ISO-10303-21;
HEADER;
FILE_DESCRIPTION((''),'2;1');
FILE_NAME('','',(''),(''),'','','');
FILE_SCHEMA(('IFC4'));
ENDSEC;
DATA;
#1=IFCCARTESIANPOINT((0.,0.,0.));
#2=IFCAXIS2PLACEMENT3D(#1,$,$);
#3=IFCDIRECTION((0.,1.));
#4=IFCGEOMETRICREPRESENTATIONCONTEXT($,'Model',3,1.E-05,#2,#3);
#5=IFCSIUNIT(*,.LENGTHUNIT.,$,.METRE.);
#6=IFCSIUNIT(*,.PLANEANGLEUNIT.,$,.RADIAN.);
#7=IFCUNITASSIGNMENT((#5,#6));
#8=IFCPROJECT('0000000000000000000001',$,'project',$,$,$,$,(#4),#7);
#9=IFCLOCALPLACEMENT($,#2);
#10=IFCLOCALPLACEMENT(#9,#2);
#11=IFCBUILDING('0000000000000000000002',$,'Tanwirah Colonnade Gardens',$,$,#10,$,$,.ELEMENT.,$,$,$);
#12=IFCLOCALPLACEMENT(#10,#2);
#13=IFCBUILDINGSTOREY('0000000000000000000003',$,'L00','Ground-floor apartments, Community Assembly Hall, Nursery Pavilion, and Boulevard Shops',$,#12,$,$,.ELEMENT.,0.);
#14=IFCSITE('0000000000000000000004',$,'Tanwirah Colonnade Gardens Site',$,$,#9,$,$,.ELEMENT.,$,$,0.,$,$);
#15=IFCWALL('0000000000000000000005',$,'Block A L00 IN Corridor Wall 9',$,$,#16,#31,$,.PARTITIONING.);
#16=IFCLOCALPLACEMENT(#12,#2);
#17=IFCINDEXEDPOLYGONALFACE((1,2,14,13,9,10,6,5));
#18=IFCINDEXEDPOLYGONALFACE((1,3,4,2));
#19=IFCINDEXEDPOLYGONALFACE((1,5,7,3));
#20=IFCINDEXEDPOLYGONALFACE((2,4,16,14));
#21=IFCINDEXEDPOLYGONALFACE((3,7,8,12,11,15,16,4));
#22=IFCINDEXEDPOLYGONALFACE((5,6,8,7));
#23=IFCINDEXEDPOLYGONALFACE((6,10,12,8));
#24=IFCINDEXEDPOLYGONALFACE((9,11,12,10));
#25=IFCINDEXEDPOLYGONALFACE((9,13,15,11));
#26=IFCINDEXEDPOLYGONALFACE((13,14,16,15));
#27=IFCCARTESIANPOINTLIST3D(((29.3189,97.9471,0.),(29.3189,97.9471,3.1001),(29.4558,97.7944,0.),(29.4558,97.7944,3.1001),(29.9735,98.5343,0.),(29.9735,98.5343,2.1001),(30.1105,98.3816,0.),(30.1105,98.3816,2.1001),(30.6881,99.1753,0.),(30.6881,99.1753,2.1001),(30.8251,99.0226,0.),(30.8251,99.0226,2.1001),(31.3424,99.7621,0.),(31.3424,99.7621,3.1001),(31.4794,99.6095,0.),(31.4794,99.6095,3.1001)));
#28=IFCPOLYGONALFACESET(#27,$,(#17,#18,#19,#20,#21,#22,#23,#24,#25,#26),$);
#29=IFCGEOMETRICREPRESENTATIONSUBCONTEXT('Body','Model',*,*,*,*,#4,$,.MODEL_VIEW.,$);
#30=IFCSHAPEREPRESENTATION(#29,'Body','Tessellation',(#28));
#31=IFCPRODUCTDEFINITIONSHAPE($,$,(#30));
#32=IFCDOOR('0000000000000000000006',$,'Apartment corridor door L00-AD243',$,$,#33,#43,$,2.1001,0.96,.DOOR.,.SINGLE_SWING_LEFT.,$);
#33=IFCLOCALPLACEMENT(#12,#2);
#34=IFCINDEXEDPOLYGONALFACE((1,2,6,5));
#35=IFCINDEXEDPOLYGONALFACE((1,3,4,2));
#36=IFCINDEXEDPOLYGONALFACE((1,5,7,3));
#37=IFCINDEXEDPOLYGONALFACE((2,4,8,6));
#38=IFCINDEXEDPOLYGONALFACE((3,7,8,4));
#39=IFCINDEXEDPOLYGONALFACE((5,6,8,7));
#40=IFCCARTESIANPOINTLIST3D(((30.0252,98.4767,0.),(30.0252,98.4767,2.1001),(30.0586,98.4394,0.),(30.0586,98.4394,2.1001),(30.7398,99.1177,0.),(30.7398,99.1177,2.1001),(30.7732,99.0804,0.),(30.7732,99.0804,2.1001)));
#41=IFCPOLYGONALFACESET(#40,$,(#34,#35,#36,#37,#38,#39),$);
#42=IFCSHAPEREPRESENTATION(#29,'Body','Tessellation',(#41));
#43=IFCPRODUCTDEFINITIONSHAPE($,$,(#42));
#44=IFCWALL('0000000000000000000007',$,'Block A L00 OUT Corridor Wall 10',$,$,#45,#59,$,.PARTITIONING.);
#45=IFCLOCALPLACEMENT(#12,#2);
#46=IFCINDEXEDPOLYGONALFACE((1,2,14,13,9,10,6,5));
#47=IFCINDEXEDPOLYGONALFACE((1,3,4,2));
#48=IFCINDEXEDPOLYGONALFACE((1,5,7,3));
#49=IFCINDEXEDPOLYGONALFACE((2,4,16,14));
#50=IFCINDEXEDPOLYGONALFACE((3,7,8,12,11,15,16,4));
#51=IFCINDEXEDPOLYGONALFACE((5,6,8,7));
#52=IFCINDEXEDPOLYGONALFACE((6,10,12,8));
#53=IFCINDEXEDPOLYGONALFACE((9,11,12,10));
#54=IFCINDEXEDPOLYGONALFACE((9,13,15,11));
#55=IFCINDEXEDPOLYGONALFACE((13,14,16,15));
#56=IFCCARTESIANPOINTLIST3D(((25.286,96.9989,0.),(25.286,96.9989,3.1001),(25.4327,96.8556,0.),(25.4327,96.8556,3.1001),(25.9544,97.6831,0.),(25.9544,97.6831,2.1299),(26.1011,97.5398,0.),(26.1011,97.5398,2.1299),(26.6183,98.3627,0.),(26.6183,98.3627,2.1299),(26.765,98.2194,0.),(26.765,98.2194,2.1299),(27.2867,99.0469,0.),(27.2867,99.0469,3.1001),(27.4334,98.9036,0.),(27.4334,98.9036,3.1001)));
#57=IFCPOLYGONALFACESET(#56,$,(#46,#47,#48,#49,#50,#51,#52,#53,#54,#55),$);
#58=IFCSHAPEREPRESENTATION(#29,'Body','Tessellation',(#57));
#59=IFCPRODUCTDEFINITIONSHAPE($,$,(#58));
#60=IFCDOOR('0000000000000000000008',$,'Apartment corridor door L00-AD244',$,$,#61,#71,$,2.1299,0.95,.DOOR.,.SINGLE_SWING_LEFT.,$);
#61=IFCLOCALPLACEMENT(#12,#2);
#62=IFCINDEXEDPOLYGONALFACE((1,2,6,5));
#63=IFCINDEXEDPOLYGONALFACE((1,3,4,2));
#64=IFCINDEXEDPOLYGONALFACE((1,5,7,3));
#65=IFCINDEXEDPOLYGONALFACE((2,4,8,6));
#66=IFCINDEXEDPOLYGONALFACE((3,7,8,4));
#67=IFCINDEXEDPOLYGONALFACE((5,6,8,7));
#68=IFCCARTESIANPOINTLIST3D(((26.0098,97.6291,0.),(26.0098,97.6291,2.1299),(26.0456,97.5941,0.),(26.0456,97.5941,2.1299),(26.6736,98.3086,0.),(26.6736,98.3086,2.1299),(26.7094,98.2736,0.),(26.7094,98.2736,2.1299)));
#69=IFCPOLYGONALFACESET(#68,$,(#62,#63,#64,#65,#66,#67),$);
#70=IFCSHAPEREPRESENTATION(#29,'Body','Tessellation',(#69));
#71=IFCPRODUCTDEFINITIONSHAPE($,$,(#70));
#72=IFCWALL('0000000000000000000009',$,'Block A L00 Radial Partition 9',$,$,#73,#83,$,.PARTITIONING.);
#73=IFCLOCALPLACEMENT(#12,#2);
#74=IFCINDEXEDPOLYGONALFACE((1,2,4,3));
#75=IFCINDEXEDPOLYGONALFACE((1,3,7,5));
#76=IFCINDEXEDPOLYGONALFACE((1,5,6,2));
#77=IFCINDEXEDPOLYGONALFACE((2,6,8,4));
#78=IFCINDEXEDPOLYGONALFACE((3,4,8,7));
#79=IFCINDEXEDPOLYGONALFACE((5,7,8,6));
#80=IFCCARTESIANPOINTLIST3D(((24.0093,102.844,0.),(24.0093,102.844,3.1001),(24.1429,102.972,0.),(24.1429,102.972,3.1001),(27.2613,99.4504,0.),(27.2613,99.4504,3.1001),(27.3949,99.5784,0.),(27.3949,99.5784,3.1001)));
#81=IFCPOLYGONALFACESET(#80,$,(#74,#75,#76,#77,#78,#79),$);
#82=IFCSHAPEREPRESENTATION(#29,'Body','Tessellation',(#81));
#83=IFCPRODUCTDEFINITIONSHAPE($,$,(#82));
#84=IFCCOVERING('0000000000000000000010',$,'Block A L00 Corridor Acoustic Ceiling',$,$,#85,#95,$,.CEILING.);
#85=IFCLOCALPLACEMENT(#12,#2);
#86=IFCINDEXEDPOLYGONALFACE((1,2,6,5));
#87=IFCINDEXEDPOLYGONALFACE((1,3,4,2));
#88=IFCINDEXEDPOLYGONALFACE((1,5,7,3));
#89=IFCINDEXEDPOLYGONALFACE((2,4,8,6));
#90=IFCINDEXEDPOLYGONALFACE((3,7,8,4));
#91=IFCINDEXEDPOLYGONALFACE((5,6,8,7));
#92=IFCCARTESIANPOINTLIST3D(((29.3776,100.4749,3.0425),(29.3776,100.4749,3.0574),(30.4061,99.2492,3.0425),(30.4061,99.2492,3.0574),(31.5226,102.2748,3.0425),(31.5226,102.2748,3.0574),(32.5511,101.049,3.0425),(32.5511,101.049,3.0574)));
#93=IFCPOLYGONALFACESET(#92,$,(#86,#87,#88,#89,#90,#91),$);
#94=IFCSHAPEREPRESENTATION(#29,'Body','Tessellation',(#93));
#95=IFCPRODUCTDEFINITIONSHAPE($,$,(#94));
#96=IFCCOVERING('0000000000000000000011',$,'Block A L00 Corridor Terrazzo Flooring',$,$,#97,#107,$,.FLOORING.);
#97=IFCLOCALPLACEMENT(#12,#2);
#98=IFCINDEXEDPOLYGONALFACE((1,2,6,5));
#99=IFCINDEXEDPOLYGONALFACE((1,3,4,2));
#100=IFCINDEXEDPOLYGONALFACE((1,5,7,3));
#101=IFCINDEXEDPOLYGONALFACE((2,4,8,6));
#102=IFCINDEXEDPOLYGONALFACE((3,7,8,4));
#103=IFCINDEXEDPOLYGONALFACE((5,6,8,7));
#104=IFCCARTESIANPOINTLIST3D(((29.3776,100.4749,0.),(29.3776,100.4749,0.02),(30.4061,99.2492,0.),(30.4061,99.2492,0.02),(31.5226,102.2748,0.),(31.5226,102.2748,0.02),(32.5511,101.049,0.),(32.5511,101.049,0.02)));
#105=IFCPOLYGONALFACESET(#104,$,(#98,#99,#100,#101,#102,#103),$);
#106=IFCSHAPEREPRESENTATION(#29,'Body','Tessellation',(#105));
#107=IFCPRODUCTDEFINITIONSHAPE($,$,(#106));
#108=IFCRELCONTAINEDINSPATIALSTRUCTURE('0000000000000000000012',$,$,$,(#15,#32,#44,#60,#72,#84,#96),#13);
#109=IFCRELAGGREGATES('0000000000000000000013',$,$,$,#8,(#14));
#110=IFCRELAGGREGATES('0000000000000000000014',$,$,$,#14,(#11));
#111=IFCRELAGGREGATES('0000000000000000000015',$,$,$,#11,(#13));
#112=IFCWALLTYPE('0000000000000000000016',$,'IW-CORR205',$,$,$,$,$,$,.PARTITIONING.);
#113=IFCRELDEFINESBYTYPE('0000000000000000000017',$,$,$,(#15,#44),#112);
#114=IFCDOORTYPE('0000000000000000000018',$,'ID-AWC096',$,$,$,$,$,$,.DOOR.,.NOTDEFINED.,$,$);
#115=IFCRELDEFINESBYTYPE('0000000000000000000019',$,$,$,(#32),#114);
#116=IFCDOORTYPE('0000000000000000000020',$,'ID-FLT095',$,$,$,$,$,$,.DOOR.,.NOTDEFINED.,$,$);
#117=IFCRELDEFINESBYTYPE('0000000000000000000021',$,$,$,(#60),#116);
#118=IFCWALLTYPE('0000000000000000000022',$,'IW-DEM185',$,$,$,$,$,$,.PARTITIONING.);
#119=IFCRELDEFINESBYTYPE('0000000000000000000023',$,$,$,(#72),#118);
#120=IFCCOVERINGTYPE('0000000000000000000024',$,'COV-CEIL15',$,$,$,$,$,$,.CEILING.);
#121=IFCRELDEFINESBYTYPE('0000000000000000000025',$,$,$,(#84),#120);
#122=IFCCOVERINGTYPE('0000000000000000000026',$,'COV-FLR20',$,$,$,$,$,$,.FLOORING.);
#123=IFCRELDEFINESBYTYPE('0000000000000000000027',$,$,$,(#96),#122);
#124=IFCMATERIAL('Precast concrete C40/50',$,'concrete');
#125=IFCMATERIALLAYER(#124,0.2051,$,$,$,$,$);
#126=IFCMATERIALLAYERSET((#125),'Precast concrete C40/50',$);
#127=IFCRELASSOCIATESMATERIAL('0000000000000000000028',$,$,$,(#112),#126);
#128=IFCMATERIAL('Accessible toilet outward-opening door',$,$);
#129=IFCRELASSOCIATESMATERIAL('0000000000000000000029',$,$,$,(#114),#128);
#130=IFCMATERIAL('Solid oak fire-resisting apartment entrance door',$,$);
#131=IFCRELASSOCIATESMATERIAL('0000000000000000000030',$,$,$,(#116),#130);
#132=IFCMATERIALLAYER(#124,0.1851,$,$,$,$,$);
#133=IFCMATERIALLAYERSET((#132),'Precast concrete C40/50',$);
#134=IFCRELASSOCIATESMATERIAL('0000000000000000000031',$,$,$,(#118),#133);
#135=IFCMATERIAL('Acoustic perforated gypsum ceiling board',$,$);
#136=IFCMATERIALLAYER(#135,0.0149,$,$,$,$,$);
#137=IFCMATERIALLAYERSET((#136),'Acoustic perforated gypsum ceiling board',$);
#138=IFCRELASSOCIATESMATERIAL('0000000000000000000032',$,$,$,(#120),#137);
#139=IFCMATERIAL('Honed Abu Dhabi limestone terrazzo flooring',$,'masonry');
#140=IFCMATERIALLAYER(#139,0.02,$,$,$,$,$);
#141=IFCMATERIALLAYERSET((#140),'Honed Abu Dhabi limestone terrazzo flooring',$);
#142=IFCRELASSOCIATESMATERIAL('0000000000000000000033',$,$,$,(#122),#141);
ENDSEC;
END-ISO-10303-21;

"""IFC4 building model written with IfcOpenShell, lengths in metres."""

from ifc_helpers import new_model, si_unit, direction, frame, frame_2d, origin, origin_2d, place, context, subcontext, project, spatial, rectangle, extrude, material, layer, layer_set, type_object, element, fill, save


model = new_model("IFC4")

# Units and contexts
model_context = context("Model", 3, precision=1e-05, world=origin(), true_north=direction((0.0, 1.0)))
body_context = subcontext(model_context, "Body", "Model", "MODEL_VIEW")
ifc_project = project(units=[si_unit("LENGTHUNIT", "METRE"), si_unit("PLANEANGLEUNIT", "RADIAN")], contexts=[model_context])

# Site, building, storey
site_placement = place(None, origin())
site = spatial("IfcSite", under=ifc_project, at=site_placement, Name="Tanwirah Colonnade Gardens Site", CompositionType="ELEMENT", RefElevation=0.0)
building_placement = place(site_placement, origin())
building = spatial("IfcBuilding", under=site, at=building_placement, Name="Tanwirah Colonnade Gardens", CompositionType="ELEMENT")
storey_placement = place(building_placement, origin())
storey = spatial("IfcBuildingStorey", under=building, at=storey_placement, Name="L00", Description="Ground-floor apartments, Community Assembly Hall, Nursery Pavilion, and Boulevard Shops", CompositionType="ELEMENT", Elevation=0.0)

# Shared definitions
ifc_material_1 = material(Name="Precast concrete C40/50", Category="concrete")

# Walls, openings, doors
ifc_layer_1 = layer(ifc_material_1, 0.2051)
ifc_layer_set_1 = layer_set([ifc_layer_1], Name="Precast concrete C40/50")
wall_type_1 = type_object("IfcWallType", Name="IW-CORR205", PredefinedType="PARTITIONING", material=ifc_layer_set_1)
ifc_material_2 = material(Name="Solid oak fire-resisting apartment entrance door")
wall_1_placement = place(storey_placement, frame((31.4109, 99.6858, 0.0), z_axis=(0.0, 0.0, 1.0), x_axis=(-0.744419, -0.667713, 0.0)))
wall_1 = element("IfcWall", 1, at=wall_1_placement, inside=storey, type_object=wall_type_1, Name="Block A L00 IN Corridor Wall 9", PredefinedType="PARTITIONING", context=body_context, shape_type="SweptSolid", body=[
    extrude(rectangle(XDim=2.7183, YDim=0.2051, at=frame_2d((1.3591, 0.0))), origin(), (0.0, 0.0, 1.0), 3.1001),
])
opening_1_placement = place(wall_1_placement, frame((0.8789, 0.0, 0.0)))
opening_1 = element("IfcOpeningElement", 2, at=opening_1_placement, cuts=wall_1, PredefinedType="OPENING", context=body_context, shape_type="SweptSolid", body=[
    extrude(rectangle(XDim=0.96, YDim=2.1001, at=frame_2d((0.48, 1.05))), frame((0.0, 0.1125, 0.0), z_axis=(0.0, -1.0, 0.0), x_axis=(1.0, 0.0, 0.0)), (0.0, 0.0, 1.0), 0.2251),
])
ifc_material_3 = material(Name="Accessible toilet outward-opening door")
door_type_1 = type_object("IfcDoorType", Name="ID-AWC096", OperationType="NOTDEFINED", PredefinedType="DOOR", material=ifc_material_3)
door_1_placement = place(opening_1_placement, origin())
door_1 = element("IfcDoor", 3, at=door_1_placement, inside=storey, type_object=door_type_1, Name="Apartment corridor door L00-AD243", OperationType="SINGLE_SWING_LEFT", OverallHeight=2.1001, OverallWidth=0.96, PredefinedType="DOOR", context=body_context, shape_type="SweptSolid", body=[
    extrude(rectangle(XDim=0.96, YDim=2.1001, at=frame_2d((0.48, 1.05))), frame((0.0, 0.0249, 0.0), z_axis=(0.0, -1.0, 0.0), x_axis=(1.0, 0.0, 0.0)), (0.0, 0.0, 1.0), 0.05),
])
fill(opening_1, door_1)
wall_2_placement = place(storey_placement, frame((27.3601, 98.9753, 0.0), z_axis=(0.0, 0.0, 1.0), x_axis=(-0.698787, -0.71533, 0.0)))
wall_2 = element("IfcWall", 4, at=wall_2_placement, inside=storey, type_object=wall_type_1, Name="Block A L00 OUT Corridor Wall 10", PredefinedType="PARTITIONING", context=body_context, shape_type="SweptSolid", body=[
    extrude(rectangle(XDim=2.863, YDim=0.2051, at=frame_2d((1.4316, 0.0))), origin(), (0.0, 0.0, 1.0), 3.1001),
])
opening_2_placement = place(wall_2_placement, frame((0.9565, 0.0, 0.0)))
opening_2 = element("IfcOpeningElement", 5, at=opening_2_placement, cuts=wall_2, PredefinedType="OPENING", context=body_context, shape_type="SweptSolid", body=[
    extrude(rectangle(XDim=0.95, YDim=2.1299, at=frame_2d((0.4751, 1.0649))), frame((0.0, 0.1125, 0.0), z_axis=(0.0, -1.0, 0.0), x_axis=(1.0, 0.0, 0.0)), (0.0, 0.0, 1.0), 0.2251),
])
door_type_2 = type_object("IfcDoorType", Name="ID-FLT095", OperationType="NOTDEFINED", PredefinedType="DOOR", material=ifc_material_2)
door_2_placement = place(opening_2_placement, origin())
door_2 = element("IfcDoor", 6, at=door_2_placement, inside=storey, type_object=door_type_2, Name="Apartment corridor door L00-AD244", OperationType="SINGLE_SWING_LEFT", OverallHeight=2.1299, OverallWidth=0.95, PredefinedType="DOOR", context=body_context, shape_type="SweptSolid", body=[
    extrude(rectangle(XDim=0.95, YDim=2.1299, at=frame_2d((0.4751, 1.0649))), frame((0.0, 0.0249, 0.0), z_axis=(0.0, -1.0, 0.0), x_axis=(1.0, 0.0, 0.0)), (0.0, 0.0, 1.0), 0.05),
])
fill(opening_2, door_2)

# Wall
ifc_layer_2 = layer(ifc_material_1, 0.1851)
ifc_layer_set_2 = layer_set([ifc_layer_2], Name="Precast concrete C40/50")
wall_type_2 = type_object("IfcWallType", Name="IW-DEM185", PredefinedType="PARTITIONING", material=ifc_layer_set_2)
wall_3_placement = place(storey_placement, frame((27.3281, 99.5144, 0.0), z_axis=(0.0, 0.0, 1.0), x_axis=(-0.691883, 0.72201, 0.0)))
element("IfcWall", 7, at=wall_3_placement, inside=storey, type_object=wall_type_2, Name="Block A L00 Radial Partition 9", PredefinedType="PARTITIONING", context=body_context, shape_type="SweptSolid", body=[
    extrude(rectangle(XDim=4.7002, YDim=0.1851, at=frame_2d((2.3501, 0.0))), origin(), (0.0, 0.0, 1.0), 3.1001),
])

# Coverings
ifc_material_4 = material(Name="Acoustic perforated gypsum ceiling board")
ifc_layer_3 = layer(ifc_material_4, 0.0149)
ifc_layer_set_3 = layer_set([ifc_layer_3], Name="Acoustic perforated gypsum ceiling board")
covering_type_1 = type_object("IfcCoveringType", Name="COV-CEIL15", PredefinedType="CEILING", material=ifc_layer_set_3)
covering_1_placement = place(storey_placement, frame((30.9644, 100.762, 3.0425), z_axis=(0.0, 0.0, 1.0), x_axis=(-0.766044, -0.642788, 0.0)))
element("IfcCovering", 8, at=covering_1_placement, inside=storey, type_object=covering_type_1, Name="Block A L00 Corridor Acoustic Ceiling", PredefinedType="CEILING", context=body_context, shape_type="SweptSolid", body=[
    extrude(rectangle(XDim=2.8, YDim=1.6001, at=origin_2d()), origin(), (0.0, 0.0, 1.0), 0.0149),
])
ifc_material_5 = material(Name="Honed Abu Dhabi limestone terrazzo flooring", Category="masonry")
ifc_layer_4 = layer(ifc_material_5, 0.02)
ifc_layer_set_4 = layer_set([ifc_layer_4], Name="Honed Abu Dhabi limestone terrazzo flooring")
covering_type_2 = type_object("IfcCoveringType", Name="COV-FLR20", PredefinedType="FLOORING", material=ifc_layer_set_4)
covering_2_placement = place(storey_placement, frame((30.9644, 100.762, 0.0), z_axis=(0.0, 0.0, 1.0), x_axis=(-0.766044, -0.642788, 0.0)))
element("IfcCovering", 9, at=covering_2_placement, inside=storey, type_object=covering_type_2, Name="Block A L00 Corridor Terrazzo Flooring", PredefinedType="FLOORING", context=body_context, shape_type="SweptSolid", body=[
    extrude(rectangle(XDim=2.8, YDim=1.6001, at=origin_2d()), origin(), (0.0, 0.0, 1.0), 0.02),
])

save(model, "model.ifc")
